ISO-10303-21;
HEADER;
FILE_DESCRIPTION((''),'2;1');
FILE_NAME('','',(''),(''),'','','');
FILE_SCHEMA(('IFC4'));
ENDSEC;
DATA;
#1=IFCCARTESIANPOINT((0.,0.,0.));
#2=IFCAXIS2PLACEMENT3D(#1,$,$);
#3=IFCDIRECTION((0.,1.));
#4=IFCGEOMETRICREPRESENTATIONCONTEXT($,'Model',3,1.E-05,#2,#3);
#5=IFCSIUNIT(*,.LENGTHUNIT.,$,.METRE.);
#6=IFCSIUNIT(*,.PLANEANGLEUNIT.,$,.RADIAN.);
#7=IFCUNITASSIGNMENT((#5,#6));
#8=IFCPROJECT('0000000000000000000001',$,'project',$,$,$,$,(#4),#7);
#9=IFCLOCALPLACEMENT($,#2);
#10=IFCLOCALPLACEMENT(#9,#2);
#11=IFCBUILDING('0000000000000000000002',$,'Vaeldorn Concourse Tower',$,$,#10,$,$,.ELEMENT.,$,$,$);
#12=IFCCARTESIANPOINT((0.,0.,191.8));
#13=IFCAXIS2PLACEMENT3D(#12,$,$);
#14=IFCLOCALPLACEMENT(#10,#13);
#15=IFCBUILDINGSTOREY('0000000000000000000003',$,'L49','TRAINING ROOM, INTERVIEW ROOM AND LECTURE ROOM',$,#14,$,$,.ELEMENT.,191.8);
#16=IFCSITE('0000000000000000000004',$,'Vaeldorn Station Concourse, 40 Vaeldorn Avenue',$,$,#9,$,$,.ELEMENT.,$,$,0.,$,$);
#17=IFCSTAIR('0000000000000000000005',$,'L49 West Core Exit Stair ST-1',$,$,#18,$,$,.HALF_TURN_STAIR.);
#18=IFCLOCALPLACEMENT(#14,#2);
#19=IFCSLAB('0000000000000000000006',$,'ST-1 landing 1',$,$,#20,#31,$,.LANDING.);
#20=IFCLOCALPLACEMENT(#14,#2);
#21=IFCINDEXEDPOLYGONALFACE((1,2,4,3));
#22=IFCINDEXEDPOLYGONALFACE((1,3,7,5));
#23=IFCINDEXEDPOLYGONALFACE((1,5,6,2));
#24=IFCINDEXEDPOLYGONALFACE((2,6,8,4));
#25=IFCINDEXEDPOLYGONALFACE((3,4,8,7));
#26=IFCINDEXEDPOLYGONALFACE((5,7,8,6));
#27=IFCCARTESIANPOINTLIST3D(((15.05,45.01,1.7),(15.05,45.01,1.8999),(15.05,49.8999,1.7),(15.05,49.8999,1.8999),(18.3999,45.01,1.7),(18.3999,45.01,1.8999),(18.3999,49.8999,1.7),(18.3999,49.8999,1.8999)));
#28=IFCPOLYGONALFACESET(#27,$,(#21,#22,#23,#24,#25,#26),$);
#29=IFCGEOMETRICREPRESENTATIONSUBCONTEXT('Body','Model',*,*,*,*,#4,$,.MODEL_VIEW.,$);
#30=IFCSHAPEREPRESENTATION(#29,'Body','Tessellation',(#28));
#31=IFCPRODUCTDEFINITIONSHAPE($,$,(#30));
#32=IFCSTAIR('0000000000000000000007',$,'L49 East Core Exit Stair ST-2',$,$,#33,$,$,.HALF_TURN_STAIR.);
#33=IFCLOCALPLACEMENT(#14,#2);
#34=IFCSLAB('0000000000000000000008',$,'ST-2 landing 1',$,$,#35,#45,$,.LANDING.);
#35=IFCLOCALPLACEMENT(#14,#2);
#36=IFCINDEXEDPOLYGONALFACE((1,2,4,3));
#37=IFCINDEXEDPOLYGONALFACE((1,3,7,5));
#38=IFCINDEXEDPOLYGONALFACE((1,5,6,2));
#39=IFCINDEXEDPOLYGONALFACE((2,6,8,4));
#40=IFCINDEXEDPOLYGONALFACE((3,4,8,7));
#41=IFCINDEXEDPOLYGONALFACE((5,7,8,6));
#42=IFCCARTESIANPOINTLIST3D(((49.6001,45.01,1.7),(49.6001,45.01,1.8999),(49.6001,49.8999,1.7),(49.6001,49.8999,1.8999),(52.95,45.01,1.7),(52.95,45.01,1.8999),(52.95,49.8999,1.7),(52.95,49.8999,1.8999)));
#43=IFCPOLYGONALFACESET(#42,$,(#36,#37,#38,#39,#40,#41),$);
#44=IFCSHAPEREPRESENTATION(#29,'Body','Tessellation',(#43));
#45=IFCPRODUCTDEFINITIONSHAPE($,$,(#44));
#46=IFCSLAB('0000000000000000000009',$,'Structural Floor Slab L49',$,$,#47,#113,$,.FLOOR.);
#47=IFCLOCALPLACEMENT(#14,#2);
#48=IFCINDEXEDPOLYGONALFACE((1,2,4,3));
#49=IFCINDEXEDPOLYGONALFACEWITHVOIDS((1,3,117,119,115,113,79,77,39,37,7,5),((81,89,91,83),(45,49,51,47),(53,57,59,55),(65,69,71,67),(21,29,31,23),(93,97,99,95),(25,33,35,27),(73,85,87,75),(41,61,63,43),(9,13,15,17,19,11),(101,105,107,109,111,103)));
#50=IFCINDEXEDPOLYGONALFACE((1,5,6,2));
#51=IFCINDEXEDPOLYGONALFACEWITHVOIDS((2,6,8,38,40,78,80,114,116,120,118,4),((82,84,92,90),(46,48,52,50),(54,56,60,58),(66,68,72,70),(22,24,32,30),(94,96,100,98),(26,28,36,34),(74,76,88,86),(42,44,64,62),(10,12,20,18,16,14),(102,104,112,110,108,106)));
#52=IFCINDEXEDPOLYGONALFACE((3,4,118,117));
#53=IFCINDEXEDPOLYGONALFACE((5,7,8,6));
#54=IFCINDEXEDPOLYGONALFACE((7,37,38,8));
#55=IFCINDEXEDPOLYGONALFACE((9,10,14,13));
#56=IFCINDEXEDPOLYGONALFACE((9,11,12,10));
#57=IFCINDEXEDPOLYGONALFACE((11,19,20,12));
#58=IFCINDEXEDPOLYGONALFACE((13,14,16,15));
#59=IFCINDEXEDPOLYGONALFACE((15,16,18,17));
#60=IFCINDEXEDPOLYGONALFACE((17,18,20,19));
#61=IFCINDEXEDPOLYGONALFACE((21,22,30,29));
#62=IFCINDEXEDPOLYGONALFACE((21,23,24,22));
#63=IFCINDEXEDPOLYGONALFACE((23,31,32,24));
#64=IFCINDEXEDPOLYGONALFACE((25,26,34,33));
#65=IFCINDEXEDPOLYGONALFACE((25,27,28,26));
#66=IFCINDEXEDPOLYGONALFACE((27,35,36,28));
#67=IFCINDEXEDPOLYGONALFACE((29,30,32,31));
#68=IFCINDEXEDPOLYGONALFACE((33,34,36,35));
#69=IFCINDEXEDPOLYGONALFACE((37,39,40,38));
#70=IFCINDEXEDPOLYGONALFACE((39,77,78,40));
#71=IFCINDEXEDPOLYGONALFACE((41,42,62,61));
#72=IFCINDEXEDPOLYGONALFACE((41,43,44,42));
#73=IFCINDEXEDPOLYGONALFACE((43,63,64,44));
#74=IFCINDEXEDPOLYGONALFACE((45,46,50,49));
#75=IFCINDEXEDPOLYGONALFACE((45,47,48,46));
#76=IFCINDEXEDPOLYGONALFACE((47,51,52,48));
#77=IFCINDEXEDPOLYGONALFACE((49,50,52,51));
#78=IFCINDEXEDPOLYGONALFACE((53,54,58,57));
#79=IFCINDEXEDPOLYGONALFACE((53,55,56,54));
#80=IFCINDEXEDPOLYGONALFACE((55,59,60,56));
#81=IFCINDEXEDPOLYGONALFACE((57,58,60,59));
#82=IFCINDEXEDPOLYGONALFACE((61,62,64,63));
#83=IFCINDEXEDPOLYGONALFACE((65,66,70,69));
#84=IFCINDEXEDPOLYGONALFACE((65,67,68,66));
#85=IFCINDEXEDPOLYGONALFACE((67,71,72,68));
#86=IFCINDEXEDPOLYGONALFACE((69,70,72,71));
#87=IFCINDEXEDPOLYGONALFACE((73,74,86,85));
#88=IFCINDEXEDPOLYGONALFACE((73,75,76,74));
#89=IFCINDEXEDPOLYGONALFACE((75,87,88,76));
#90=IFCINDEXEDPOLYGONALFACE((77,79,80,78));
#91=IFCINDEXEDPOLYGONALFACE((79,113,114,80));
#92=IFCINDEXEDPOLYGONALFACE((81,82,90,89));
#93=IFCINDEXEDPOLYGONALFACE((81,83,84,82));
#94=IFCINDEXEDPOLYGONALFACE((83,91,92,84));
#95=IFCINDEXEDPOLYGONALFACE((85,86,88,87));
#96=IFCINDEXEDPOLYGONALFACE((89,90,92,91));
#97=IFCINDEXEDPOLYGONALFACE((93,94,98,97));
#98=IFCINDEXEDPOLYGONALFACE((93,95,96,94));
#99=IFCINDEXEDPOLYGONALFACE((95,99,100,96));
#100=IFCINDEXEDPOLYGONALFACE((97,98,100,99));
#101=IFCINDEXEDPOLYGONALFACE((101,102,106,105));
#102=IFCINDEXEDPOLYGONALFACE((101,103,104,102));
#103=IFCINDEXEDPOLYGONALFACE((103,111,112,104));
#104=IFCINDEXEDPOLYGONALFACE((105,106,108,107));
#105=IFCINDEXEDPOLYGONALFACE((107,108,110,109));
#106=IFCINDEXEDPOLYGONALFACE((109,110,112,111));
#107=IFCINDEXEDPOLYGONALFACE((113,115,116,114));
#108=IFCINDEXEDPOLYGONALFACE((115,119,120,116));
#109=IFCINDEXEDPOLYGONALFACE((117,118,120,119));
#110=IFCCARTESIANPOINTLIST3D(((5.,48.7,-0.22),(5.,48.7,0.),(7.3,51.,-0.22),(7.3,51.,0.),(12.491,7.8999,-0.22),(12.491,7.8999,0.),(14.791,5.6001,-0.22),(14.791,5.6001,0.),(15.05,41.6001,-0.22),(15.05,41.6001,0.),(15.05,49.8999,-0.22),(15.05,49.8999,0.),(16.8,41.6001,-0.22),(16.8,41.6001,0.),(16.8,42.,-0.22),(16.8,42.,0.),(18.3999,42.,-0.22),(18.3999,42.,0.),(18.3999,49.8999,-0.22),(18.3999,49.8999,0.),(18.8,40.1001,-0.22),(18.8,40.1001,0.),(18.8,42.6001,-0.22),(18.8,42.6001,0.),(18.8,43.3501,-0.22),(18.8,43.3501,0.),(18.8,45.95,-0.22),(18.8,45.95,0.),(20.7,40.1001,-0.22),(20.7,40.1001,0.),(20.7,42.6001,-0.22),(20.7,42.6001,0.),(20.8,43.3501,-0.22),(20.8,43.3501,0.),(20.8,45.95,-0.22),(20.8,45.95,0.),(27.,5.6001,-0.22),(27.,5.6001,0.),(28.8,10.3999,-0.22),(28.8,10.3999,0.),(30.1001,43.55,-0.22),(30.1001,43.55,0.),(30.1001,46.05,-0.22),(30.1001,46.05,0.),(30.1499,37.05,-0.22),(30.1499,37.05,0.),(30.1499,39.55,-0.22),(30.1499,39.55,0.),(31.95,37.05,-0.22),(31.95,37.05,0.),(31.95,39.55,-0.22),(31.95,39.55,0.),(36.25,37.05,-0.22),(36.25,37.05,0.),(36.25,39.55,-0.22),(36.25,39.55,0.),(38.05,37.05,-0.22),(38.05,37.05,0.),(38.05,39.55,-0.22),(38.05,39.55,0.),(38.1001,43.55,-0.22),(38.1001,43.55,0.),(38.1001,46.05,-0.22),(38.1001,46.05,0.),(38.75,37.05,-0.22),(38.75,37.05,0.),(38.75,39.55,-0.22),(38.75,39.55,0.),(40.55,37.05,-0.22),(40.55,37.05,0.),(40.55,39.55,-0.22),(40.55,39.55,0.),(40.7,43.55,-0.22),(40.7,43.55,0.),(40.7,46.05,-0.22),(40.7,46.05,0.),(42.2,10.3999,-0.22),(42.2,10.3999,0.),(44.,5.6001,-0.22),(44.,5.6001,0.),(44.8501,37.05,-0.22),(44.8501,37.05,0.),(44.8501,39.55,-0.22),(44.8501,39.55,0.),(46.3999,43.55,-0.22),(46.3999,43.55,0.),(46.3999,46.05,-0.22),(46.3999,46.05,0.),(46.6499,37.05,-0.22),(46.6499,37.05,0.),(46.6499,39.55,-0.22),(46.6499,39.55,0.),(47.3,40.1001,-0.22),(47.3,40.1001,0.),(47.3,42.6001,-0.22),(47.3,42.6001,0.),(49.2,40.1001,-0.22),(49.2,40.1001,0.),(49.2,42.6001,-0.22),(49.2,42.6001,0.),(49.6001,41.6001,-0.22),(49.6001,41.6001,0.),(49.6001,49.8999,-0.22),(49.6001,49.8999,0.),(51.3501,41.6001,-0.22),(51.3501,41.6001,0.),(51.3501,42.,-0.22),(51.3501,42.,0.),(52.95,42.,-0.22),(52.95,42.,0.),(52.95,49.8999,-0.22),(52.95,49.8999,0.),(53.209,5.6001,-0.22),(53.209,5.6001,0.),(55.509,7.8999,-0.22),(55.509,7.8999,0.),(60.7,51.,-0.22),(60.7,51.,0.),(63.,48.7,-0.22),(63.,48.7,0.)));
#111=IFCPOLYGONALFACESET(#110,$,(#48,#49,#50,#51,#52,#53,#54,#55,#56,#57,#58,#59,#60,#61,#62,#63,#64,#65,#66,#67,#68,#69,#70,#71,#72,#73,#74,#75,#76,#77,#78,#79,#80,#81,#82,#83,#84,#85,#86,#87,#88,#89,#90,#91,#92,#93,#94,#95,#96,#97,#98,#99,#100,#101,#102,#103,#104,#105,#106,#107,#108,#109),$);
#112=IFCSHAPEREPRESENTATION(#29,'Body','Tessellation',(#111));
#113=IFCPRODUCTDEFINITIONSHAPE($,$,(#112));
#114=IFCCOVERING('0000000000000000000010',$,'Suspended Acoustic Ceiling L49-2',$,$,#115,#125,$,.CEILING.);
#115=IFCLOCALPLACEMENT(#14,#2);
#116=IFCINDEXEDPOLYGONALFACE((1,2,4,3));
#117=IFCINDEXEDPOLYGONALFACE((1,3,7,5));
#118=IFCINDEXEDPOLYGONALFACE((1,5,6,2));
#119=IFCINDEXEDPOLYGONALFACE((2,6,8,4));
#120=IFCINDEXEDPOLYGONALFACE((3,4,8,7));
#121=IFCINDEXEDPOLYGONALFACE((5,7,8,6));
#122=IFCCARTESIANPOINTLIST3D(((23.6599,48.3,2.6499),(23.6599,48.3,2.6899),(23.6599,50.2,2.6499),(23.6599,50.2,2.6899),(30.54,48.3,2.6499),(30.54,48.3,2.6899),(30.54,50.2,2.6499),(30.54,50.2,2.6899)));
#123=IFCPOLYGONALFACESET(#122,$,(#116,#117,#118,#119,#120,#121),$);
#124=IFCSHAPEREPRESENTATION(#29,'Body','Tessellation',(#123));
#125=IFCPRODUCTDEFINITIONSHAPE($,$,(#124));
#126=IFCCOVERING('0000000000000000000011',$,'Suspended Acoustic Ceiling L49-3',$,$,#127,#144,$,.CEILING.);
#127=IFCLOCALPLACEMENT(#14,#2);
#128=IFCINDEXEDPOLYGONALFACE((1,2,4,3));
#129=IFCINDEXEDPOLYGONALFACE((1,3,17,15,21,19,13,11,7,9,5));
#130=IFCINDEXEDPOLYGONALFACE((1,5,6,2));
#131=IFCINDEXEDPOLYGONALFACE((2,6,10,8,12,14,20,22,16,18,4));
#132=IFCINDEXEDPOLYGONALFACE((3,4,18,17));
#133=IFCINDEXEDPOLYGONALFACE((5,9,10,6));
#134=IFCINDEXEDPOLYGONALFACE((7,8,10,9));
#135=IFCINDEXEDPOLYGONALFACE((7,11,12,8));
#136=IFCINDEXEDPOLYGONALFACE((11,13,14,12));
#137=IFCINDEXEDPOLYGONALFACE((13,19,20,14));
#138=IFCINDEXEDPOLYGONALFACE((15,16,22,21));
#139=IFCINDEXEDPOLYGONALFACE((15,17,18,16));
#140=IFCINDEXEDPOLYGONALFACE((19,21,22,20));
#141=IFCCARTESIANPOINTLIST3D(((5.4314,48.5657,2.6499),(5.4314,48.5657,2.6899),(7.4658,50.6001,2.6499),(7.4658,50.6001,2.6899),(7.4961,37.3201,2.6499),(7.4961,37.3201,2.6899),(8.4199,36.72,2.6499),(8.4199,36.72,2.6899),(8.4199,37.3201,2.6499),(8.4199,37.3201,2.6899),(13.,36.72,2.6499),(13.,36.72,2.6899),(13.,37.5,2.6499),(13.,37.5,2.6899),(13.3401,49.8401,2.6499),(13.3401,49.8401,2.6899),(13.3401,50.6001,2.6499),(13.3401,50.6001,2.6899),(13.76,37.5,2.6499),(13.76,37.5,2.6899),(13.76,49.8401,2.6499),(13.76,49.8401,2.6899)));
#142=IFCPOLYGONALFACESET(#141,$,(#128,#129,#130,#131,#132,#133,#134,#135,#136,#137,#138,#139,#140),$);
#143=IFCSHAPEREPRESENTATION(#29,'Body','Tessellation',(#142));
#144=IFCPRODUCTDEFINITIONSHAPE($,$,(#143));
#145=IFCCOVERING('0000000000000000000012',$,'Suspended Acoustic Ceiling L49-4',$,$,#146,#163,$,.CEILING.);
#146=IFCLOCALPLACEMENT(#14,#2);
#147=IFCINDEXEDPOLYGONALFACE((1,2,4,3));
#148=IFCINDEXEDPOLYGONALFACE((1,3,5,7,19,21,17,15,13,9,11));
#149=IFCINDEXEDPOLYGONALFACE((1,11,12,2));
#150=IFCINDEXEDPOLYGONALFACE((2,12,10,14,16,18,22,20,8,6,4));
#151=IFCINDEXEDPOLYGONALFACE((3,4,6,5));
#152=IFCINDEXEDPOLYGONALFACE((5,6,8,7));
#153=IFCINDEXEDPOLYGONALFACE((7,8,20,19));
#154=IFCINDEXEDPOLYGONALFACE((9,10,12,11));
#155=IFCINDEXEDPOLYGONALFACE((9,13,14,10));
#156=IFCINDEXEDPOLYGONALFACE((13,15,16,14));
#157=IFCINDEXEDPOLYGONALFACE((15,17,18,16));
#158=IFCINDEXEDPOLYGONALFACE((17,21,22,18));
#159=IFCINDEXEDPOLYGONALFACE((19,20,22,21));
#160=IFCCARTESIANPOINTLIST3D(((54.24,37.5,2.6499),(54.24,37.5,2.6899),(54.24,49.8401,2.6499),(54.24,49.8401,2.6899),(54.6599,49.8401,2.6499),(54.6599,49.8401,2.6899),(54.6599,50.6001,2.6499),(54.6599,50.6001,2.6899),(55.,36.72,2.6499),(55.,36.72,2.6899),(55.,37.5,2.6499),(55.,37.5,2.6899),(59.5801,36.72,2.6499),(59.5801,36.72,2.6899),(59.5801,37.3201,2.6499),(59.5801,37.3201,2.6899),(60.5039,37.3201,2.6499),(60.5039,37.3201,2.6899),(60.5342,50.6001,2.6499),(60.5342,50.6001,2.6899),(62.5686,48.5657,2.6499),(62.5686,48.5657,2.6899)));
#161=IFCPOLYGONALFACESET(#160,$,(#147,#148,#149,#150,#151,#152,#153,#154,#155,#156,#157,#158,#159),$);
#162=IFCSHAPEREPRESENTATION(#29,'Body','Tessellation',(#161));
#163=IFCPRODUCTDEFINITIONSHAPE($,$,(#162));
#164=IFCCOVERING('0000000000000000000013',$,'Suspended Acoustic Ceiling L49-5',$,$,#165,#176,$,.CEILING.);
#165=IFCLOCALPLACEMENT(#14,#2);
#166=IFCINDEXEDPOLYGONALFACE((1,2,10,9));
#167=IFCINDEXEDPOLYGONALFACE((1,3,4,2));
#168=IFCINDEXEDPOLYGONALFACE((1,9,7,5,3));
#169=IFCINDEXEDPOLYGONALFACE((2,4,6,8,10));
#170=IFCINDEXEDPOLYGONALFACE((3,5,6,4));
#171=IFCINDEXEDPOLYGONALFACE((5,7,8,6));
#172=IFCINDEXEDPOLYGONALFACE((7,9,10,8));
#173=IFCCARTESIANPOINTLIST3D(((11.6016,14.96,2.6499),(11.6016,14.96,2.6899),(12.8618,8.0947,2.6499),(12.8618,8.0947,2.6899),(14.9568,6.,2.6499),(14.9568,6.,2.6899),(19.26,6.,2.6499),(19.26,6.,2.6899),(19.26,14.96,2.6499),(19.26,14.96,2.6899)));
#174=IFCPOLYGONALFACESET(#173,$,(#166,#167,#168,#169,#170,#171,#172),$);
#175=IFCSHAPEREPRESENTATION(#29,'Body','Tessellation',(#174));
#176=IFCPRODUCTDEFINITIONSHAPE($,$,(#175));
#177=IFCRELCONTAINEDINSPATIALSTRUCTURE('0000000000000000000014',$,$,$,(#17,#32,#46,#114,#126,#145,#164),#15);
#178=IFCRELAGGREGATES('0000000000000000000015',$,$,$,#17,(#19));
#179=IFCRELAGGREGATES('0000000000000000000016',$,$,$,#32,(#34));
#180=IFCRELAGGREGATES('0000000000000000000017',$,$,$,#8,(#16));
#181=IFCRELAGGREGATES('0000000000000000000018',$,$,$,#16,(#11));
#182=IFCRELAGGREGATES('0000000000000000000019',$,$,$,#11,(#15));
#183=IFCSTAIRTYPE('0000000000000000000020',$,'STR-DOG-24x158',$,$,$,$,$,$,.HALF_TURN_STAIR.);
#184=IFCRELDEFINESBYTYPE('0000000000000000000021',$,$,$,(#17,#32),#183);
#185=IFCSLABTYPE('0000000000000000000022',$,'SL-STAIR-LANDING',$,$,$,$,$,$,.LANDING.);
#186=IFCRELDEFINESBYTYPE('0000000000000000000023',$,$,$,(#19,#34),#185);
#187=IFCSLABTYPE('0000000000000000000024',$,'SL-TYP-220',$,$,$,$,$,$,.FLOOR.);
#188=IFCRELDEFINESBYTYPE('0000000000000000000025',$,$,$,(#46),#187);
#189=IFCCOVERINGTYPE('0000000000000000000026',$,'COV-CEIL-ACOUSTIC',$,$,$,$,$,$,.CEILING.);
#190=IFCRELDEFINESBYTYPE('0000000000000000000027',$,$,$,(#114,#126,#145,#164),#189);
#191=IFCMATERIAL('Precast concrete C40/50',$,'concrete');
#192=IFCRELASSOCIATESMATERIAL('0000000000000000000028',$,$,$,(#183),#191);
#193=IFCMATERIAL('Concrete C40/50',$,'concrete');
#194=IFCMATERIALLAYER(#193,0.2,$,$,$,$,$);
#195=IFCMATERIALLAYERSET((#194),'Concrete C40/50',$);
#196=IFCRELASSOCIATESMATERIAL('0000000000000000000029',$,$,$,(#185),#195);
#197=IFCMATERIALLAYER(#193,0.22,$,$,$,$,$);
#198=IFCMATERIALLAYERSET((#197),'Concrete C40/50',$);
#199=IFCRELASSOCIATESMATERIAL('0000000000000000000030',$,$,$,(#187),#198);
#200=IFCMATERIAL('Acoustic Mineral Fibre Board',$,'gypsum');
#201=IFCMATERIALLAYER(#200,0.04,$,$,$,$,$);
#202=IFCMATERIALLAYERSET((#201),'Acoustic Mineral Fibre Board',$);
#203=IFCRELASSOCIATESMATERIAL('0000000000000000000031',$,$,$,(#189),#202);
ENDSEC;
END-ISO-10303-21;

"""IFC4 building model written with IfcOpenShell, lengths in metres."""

from ifc_helpers import new_model, si_unit, direction, frame, origin, place, context, subcontext, project, spatial, polyline, outline, extrude, material, layer, layer_set, type_object, element, aggregate, save


model = new_model("IFC4")

# Units and contexts
model_context = context("Model", 3, precision=1e-05, world=origin(), true_north=direction((0.0, 1.0)))
body_context = subcontext(model_context, "Body", "Model", "MODEL_VIEW")
ifc_project = project(units=[si_unit("LENGTHUNIT", "METRE"), si_unit("PLANEANGLEUNIT", "RADIAN")], contexts=[model_context])

# Site, building, storey
site_placement = place(None, origin())
site = spatial("IfcSite", under=ifc_project, at=site_placement, Name="Vaeldorn Station Concourse, 40 Vaeldorn Avenue", CompositionType="ELEMENT", RefElevation=0.0)
building_placement = place(site_placement, origin())
building = spatial("IfcBuilding", under=site, at=building_placement, Name="Vaeldorn Concourse Tower", CompositionType="ELEMENT")
storey_placement = place(building_placement, frame((0.0, 0.0, 191.8)))
storey = spatial("IfcBuildingStorey", under=building, at=storey_placement, Name="L49", Description="TRAINING ROOM, INTERVIEW ROOM AND LECTURE ROOM", CompositionType="ELEMENT", Elevation=191.8)

# Stairs, slabs
ifc_material_1 = material(Name="Precast concrete C40/50", Category="concrete")
stair_type = type_object("IfcStairType", Name="STR-DOG-24x158", PredefinedType="HALF_TURN_STAIR", material=ifc_material_1)
stair_1_placement = place(storey_placement, origin())
stair_1 = element("IfcStair", 1, at=stair_1_placement, inside=storey, type_object=stair_type, Name="L49 West Core Exit Stair ST-1", PredefinedType="HALF_TURN_STAIR")
ifc_material_2 = material(Name="Concrete C40/50", Category="concrete")
ifc_layer_1 = layer(ifc_material_2, 0.2)
ifc_layer_set_1 = layer_set([ifc_layer_1], Name="Concrete C40/50")
slab_type_1 = type_object("IfcSlabType", Name="SL-STAIR-LANDING", PredefinedType="LANDING", material=ifc_layer_set_1)
slab_1_placement = place(storey_placement, frame((0.0, 0.0, 1.7)))
slab_1 = element("IfcSlab", 2, at=slab_1_placement, type_object=slab_type_1, Name="ST-1 landing 1", PredefinedType="LANDING", context=body_context, shape_type="SweptSolid", body=[
    extrude(outline(polyline([(18.3999, 45.01), (18.3999, 49.8999), (15.05, 49.8999), (15.05, 45.01), (18.3999, 45.01)])), origin(), (0.0, 0.0, 1.0), 0.2),
])
aggregate(stair_1, [slab_1])
stair_2_placement = place(storey_placement, origin())
stair_2 = element("IfcStair", 3, at=stair_2_placement, inside=storey, type_object=stair_type, Name="L49 East Core Exit Stair ST-2", PredefinedType="HALF_TURN_STAIR")
slab_2_placement = place(storey_placement, frame((0.0, 0.0, 1.7)))
slab_2 = element("IfcSlab", 4, at=slab_2_placement, type_object=slab_type_1, Name="ST-2 landing 1", PredefinedType="LANDING", context=body_context, shape_type="SweptSolid", body=[
    extrude(outline(polyline([(52.95, 45.01), (52.95, 49.8999), (49.6001, 49.8999), (49.6001, 45.01), (52.95, 45.01)])), origin(), (0.0, 0.0, 1.0), 0.2),
])
aggregate(stair_2, [slab_2])

# Slab
ifc_layer_2 = layer(ifc_material_2, 0.22)
ifc_layer_set_2 = layer_set([ifc_layer_2], Name="Concrete C40/50")
slab_type_2 = type_object("IfcSlabType", Name="SL-TYP-220", PredefinedType="FLOOR", material=ifc_layer_set_2)
slab_3_placement = place(storey_placement, frame((0.0, 0.0, -0.22)))
element("IfcSlab", 5, at=slab_3_placement, inside=storey, type_object=slab_type_2, Name="Structural Floor Slab L49", PredefinedType="FLOOR", context=body_context, shape_type="SweptSolid", body=[
    extrude(outline(polyline([(14.791, 5.6001), (27.0, 5.6001), (28.8, 10.3999), (42.2, 10.3999), (44.0, 5.6001), (53.209, 5.6001), (55.509, 7.8999), (63.0, 48.7), (60.7, 51.0), (7.3, 51.0), (5.0, 48.7), (12.491, 7.8999), (14.791, 5.6001)]), holes=[polyline([(18.3999, 42.0), (18.3999, 49.8999), (15.05, 49.8999), (15.05, 41.6001), (16.8, 41.6001), (16.8, 42.0), (18.3999, 42.0)]), polyline([(52.95, 42.0), (52.95, 49.8999), (49.6001, 49.8999), (49.6001, 41.6001), (51.3501, 41.6001), (51.3501, 42.0), (52.95, 42.0)]), polyline([(30.1499, 37.05), (31.95, 37.05), (31.95, 39.55), (30.1499, 39.55), (30.1499, 37.05)]), polyline([(36.25, 37.05), (38.05, 37.05), (38.05, 39.55), (36.25, 39.55), (36.25, 37.05)]), polyline([(30.1001, 43.55), (38.1001, 43.55), (38.1001, 46.05), (30.1001, 46.05), (30.1001, 43.55)]), polyline([(38.75, 37.05), (40.55, 37.05), (40.55, 39.55), (38.75, 39.55), (38.75, 37.05)]), polyline([(44.8501, 37.05), (46.6499, 37.05), (46.6499, 39.55), (44.8501, 39.55), (44.8501, 37.05)]), polyline([(40.7, 43.55), (46.3999, 43.55), (46.3999, 46.05), (40.7, 46.05), (40.7, 43.55)]), polyline([(18.8, 43.3501), (20.8, 43.3501), (20.8, 45.95), (18.8, 45.95), (18.8, 43.3501)]), polyline([(18.8, 40.1001), (20.7, 40.1001), (20.7, 42.6001), (18.8, 42.6001), (18.8, 40.1001)]), polyline([(47.3, 40.1001), (49.2, 40.1001), (49.2, 42.6001), (47.3, 42.6001), (47.3, 40.1001)])]), origin(), (0.0, 0.0, 1.0), 0.22),
])

# Coverings
ifc_material_3 = material(Name="Acoustic Mineral Fibre Board", Category="gypsum")
ifc_layer_3 = layer(ifc_material_3, 0.04)
ifc_layer_set_3 = layer_set([ifc_layer_3], Name="Acoustic Mineral Fibre Board")
covering_type_1 = type_object("IfcCoveringType", Name="COV-CEIL-ACOUSTIC", PredefinedType="CEILING", material=ifc_layer_set_3)
covering_1_placement = place(storey_placement, frame((0.0, 0.0, 2.6499)))
element("IfcCovering", 6, at=covering_1_placement, inside=storey, type_object=covering_type_1, Name="Suspended Acoustic Ceiling L49-2", PredefinedType="CEILING", context=body_context, shape_type="SweptSolid", body=[
    extrude(outline(polyline([(30.54, 50.2), (30.54, 48.3), (23.6599, 48.3), (23.6599, 50.2), (30.54, 50.2)])), origin(), (0.0, 0.0, 1.0), 0.04),
])
covering_2_placement = place(storey_placement, frame((0.0, 0.0, 2.6499)))
element("IfcCovering", 7, at=covering_2_placement, inside=storey, type_object=covering_type_1, Name="Suspended Acoustic Ceiling L49-3", PredefinedType="CEILING", context=body_context, shape_type="SweptSolid", body=[
    extrude(outline(polyline([(7.4658, 50.6001), (13.3401, 50.6001), (13.3401, 49.8401), (13.76, 49.8401), (13.76, 37.5), (13.0, 37.5), (13.0, 36.72), (8.4199, 36.72), (8.4199, 37.3201), (7.4961, 37.3201), (5.4314, 48.5657), (7.4658, 50.6001)])), origin(), (0.0, 0.0, 1.0), 0.04),
])
covering_3_placement = place(storey_placement, frame((0.0, 0.0, 2.6499)))
element("IfcCovering", 8, at=covering_3_placement, inside=storey, type_object=covering_type_1, Name="Suspended Acoustic Ceiling L49-4", PredefinedType="CEILING", context=body_context, shape_type="SweptSolid", body=[
    extrude(outline(polyline([(54.6599, 49.8401), (54.6599, 50.6001), (60.5342, 50.6001), (62.5686, 48.5657), (60.5039, 37.3201), (59.5801, 37.3201), (59.5801, 36.72), (55.0, 36.72), (55.0, 37.5), (54.24, 37.5), (54.24, 49.8401), (54.6599, 49.8401)])), origin(), (0.0, 0.0, 1.0), 0.04),
])
covering_4_placement = place(storey_placement, frame((0.0, 0.0, 2.6499)))
element("IfcCovering", 9, at=covering_4_placement, inside=storey, type_object=covering_type_1, Name="Suspended Acoustic Ceiling L49-5", PredefinedType="CEILING", context=body_context, shape_type="SweptSolid", body=[
    extrude(outline(polyline([(19.26, 14.96), (19.26, 6.0), (14.9568, 6.0), (12.8618, 8.0947), (11.6016, 14.96), (19.26, 14.96)])), origin(), (0.0, 0.0, 1.0), 0.04),
])

save(model, "model.ifc")
